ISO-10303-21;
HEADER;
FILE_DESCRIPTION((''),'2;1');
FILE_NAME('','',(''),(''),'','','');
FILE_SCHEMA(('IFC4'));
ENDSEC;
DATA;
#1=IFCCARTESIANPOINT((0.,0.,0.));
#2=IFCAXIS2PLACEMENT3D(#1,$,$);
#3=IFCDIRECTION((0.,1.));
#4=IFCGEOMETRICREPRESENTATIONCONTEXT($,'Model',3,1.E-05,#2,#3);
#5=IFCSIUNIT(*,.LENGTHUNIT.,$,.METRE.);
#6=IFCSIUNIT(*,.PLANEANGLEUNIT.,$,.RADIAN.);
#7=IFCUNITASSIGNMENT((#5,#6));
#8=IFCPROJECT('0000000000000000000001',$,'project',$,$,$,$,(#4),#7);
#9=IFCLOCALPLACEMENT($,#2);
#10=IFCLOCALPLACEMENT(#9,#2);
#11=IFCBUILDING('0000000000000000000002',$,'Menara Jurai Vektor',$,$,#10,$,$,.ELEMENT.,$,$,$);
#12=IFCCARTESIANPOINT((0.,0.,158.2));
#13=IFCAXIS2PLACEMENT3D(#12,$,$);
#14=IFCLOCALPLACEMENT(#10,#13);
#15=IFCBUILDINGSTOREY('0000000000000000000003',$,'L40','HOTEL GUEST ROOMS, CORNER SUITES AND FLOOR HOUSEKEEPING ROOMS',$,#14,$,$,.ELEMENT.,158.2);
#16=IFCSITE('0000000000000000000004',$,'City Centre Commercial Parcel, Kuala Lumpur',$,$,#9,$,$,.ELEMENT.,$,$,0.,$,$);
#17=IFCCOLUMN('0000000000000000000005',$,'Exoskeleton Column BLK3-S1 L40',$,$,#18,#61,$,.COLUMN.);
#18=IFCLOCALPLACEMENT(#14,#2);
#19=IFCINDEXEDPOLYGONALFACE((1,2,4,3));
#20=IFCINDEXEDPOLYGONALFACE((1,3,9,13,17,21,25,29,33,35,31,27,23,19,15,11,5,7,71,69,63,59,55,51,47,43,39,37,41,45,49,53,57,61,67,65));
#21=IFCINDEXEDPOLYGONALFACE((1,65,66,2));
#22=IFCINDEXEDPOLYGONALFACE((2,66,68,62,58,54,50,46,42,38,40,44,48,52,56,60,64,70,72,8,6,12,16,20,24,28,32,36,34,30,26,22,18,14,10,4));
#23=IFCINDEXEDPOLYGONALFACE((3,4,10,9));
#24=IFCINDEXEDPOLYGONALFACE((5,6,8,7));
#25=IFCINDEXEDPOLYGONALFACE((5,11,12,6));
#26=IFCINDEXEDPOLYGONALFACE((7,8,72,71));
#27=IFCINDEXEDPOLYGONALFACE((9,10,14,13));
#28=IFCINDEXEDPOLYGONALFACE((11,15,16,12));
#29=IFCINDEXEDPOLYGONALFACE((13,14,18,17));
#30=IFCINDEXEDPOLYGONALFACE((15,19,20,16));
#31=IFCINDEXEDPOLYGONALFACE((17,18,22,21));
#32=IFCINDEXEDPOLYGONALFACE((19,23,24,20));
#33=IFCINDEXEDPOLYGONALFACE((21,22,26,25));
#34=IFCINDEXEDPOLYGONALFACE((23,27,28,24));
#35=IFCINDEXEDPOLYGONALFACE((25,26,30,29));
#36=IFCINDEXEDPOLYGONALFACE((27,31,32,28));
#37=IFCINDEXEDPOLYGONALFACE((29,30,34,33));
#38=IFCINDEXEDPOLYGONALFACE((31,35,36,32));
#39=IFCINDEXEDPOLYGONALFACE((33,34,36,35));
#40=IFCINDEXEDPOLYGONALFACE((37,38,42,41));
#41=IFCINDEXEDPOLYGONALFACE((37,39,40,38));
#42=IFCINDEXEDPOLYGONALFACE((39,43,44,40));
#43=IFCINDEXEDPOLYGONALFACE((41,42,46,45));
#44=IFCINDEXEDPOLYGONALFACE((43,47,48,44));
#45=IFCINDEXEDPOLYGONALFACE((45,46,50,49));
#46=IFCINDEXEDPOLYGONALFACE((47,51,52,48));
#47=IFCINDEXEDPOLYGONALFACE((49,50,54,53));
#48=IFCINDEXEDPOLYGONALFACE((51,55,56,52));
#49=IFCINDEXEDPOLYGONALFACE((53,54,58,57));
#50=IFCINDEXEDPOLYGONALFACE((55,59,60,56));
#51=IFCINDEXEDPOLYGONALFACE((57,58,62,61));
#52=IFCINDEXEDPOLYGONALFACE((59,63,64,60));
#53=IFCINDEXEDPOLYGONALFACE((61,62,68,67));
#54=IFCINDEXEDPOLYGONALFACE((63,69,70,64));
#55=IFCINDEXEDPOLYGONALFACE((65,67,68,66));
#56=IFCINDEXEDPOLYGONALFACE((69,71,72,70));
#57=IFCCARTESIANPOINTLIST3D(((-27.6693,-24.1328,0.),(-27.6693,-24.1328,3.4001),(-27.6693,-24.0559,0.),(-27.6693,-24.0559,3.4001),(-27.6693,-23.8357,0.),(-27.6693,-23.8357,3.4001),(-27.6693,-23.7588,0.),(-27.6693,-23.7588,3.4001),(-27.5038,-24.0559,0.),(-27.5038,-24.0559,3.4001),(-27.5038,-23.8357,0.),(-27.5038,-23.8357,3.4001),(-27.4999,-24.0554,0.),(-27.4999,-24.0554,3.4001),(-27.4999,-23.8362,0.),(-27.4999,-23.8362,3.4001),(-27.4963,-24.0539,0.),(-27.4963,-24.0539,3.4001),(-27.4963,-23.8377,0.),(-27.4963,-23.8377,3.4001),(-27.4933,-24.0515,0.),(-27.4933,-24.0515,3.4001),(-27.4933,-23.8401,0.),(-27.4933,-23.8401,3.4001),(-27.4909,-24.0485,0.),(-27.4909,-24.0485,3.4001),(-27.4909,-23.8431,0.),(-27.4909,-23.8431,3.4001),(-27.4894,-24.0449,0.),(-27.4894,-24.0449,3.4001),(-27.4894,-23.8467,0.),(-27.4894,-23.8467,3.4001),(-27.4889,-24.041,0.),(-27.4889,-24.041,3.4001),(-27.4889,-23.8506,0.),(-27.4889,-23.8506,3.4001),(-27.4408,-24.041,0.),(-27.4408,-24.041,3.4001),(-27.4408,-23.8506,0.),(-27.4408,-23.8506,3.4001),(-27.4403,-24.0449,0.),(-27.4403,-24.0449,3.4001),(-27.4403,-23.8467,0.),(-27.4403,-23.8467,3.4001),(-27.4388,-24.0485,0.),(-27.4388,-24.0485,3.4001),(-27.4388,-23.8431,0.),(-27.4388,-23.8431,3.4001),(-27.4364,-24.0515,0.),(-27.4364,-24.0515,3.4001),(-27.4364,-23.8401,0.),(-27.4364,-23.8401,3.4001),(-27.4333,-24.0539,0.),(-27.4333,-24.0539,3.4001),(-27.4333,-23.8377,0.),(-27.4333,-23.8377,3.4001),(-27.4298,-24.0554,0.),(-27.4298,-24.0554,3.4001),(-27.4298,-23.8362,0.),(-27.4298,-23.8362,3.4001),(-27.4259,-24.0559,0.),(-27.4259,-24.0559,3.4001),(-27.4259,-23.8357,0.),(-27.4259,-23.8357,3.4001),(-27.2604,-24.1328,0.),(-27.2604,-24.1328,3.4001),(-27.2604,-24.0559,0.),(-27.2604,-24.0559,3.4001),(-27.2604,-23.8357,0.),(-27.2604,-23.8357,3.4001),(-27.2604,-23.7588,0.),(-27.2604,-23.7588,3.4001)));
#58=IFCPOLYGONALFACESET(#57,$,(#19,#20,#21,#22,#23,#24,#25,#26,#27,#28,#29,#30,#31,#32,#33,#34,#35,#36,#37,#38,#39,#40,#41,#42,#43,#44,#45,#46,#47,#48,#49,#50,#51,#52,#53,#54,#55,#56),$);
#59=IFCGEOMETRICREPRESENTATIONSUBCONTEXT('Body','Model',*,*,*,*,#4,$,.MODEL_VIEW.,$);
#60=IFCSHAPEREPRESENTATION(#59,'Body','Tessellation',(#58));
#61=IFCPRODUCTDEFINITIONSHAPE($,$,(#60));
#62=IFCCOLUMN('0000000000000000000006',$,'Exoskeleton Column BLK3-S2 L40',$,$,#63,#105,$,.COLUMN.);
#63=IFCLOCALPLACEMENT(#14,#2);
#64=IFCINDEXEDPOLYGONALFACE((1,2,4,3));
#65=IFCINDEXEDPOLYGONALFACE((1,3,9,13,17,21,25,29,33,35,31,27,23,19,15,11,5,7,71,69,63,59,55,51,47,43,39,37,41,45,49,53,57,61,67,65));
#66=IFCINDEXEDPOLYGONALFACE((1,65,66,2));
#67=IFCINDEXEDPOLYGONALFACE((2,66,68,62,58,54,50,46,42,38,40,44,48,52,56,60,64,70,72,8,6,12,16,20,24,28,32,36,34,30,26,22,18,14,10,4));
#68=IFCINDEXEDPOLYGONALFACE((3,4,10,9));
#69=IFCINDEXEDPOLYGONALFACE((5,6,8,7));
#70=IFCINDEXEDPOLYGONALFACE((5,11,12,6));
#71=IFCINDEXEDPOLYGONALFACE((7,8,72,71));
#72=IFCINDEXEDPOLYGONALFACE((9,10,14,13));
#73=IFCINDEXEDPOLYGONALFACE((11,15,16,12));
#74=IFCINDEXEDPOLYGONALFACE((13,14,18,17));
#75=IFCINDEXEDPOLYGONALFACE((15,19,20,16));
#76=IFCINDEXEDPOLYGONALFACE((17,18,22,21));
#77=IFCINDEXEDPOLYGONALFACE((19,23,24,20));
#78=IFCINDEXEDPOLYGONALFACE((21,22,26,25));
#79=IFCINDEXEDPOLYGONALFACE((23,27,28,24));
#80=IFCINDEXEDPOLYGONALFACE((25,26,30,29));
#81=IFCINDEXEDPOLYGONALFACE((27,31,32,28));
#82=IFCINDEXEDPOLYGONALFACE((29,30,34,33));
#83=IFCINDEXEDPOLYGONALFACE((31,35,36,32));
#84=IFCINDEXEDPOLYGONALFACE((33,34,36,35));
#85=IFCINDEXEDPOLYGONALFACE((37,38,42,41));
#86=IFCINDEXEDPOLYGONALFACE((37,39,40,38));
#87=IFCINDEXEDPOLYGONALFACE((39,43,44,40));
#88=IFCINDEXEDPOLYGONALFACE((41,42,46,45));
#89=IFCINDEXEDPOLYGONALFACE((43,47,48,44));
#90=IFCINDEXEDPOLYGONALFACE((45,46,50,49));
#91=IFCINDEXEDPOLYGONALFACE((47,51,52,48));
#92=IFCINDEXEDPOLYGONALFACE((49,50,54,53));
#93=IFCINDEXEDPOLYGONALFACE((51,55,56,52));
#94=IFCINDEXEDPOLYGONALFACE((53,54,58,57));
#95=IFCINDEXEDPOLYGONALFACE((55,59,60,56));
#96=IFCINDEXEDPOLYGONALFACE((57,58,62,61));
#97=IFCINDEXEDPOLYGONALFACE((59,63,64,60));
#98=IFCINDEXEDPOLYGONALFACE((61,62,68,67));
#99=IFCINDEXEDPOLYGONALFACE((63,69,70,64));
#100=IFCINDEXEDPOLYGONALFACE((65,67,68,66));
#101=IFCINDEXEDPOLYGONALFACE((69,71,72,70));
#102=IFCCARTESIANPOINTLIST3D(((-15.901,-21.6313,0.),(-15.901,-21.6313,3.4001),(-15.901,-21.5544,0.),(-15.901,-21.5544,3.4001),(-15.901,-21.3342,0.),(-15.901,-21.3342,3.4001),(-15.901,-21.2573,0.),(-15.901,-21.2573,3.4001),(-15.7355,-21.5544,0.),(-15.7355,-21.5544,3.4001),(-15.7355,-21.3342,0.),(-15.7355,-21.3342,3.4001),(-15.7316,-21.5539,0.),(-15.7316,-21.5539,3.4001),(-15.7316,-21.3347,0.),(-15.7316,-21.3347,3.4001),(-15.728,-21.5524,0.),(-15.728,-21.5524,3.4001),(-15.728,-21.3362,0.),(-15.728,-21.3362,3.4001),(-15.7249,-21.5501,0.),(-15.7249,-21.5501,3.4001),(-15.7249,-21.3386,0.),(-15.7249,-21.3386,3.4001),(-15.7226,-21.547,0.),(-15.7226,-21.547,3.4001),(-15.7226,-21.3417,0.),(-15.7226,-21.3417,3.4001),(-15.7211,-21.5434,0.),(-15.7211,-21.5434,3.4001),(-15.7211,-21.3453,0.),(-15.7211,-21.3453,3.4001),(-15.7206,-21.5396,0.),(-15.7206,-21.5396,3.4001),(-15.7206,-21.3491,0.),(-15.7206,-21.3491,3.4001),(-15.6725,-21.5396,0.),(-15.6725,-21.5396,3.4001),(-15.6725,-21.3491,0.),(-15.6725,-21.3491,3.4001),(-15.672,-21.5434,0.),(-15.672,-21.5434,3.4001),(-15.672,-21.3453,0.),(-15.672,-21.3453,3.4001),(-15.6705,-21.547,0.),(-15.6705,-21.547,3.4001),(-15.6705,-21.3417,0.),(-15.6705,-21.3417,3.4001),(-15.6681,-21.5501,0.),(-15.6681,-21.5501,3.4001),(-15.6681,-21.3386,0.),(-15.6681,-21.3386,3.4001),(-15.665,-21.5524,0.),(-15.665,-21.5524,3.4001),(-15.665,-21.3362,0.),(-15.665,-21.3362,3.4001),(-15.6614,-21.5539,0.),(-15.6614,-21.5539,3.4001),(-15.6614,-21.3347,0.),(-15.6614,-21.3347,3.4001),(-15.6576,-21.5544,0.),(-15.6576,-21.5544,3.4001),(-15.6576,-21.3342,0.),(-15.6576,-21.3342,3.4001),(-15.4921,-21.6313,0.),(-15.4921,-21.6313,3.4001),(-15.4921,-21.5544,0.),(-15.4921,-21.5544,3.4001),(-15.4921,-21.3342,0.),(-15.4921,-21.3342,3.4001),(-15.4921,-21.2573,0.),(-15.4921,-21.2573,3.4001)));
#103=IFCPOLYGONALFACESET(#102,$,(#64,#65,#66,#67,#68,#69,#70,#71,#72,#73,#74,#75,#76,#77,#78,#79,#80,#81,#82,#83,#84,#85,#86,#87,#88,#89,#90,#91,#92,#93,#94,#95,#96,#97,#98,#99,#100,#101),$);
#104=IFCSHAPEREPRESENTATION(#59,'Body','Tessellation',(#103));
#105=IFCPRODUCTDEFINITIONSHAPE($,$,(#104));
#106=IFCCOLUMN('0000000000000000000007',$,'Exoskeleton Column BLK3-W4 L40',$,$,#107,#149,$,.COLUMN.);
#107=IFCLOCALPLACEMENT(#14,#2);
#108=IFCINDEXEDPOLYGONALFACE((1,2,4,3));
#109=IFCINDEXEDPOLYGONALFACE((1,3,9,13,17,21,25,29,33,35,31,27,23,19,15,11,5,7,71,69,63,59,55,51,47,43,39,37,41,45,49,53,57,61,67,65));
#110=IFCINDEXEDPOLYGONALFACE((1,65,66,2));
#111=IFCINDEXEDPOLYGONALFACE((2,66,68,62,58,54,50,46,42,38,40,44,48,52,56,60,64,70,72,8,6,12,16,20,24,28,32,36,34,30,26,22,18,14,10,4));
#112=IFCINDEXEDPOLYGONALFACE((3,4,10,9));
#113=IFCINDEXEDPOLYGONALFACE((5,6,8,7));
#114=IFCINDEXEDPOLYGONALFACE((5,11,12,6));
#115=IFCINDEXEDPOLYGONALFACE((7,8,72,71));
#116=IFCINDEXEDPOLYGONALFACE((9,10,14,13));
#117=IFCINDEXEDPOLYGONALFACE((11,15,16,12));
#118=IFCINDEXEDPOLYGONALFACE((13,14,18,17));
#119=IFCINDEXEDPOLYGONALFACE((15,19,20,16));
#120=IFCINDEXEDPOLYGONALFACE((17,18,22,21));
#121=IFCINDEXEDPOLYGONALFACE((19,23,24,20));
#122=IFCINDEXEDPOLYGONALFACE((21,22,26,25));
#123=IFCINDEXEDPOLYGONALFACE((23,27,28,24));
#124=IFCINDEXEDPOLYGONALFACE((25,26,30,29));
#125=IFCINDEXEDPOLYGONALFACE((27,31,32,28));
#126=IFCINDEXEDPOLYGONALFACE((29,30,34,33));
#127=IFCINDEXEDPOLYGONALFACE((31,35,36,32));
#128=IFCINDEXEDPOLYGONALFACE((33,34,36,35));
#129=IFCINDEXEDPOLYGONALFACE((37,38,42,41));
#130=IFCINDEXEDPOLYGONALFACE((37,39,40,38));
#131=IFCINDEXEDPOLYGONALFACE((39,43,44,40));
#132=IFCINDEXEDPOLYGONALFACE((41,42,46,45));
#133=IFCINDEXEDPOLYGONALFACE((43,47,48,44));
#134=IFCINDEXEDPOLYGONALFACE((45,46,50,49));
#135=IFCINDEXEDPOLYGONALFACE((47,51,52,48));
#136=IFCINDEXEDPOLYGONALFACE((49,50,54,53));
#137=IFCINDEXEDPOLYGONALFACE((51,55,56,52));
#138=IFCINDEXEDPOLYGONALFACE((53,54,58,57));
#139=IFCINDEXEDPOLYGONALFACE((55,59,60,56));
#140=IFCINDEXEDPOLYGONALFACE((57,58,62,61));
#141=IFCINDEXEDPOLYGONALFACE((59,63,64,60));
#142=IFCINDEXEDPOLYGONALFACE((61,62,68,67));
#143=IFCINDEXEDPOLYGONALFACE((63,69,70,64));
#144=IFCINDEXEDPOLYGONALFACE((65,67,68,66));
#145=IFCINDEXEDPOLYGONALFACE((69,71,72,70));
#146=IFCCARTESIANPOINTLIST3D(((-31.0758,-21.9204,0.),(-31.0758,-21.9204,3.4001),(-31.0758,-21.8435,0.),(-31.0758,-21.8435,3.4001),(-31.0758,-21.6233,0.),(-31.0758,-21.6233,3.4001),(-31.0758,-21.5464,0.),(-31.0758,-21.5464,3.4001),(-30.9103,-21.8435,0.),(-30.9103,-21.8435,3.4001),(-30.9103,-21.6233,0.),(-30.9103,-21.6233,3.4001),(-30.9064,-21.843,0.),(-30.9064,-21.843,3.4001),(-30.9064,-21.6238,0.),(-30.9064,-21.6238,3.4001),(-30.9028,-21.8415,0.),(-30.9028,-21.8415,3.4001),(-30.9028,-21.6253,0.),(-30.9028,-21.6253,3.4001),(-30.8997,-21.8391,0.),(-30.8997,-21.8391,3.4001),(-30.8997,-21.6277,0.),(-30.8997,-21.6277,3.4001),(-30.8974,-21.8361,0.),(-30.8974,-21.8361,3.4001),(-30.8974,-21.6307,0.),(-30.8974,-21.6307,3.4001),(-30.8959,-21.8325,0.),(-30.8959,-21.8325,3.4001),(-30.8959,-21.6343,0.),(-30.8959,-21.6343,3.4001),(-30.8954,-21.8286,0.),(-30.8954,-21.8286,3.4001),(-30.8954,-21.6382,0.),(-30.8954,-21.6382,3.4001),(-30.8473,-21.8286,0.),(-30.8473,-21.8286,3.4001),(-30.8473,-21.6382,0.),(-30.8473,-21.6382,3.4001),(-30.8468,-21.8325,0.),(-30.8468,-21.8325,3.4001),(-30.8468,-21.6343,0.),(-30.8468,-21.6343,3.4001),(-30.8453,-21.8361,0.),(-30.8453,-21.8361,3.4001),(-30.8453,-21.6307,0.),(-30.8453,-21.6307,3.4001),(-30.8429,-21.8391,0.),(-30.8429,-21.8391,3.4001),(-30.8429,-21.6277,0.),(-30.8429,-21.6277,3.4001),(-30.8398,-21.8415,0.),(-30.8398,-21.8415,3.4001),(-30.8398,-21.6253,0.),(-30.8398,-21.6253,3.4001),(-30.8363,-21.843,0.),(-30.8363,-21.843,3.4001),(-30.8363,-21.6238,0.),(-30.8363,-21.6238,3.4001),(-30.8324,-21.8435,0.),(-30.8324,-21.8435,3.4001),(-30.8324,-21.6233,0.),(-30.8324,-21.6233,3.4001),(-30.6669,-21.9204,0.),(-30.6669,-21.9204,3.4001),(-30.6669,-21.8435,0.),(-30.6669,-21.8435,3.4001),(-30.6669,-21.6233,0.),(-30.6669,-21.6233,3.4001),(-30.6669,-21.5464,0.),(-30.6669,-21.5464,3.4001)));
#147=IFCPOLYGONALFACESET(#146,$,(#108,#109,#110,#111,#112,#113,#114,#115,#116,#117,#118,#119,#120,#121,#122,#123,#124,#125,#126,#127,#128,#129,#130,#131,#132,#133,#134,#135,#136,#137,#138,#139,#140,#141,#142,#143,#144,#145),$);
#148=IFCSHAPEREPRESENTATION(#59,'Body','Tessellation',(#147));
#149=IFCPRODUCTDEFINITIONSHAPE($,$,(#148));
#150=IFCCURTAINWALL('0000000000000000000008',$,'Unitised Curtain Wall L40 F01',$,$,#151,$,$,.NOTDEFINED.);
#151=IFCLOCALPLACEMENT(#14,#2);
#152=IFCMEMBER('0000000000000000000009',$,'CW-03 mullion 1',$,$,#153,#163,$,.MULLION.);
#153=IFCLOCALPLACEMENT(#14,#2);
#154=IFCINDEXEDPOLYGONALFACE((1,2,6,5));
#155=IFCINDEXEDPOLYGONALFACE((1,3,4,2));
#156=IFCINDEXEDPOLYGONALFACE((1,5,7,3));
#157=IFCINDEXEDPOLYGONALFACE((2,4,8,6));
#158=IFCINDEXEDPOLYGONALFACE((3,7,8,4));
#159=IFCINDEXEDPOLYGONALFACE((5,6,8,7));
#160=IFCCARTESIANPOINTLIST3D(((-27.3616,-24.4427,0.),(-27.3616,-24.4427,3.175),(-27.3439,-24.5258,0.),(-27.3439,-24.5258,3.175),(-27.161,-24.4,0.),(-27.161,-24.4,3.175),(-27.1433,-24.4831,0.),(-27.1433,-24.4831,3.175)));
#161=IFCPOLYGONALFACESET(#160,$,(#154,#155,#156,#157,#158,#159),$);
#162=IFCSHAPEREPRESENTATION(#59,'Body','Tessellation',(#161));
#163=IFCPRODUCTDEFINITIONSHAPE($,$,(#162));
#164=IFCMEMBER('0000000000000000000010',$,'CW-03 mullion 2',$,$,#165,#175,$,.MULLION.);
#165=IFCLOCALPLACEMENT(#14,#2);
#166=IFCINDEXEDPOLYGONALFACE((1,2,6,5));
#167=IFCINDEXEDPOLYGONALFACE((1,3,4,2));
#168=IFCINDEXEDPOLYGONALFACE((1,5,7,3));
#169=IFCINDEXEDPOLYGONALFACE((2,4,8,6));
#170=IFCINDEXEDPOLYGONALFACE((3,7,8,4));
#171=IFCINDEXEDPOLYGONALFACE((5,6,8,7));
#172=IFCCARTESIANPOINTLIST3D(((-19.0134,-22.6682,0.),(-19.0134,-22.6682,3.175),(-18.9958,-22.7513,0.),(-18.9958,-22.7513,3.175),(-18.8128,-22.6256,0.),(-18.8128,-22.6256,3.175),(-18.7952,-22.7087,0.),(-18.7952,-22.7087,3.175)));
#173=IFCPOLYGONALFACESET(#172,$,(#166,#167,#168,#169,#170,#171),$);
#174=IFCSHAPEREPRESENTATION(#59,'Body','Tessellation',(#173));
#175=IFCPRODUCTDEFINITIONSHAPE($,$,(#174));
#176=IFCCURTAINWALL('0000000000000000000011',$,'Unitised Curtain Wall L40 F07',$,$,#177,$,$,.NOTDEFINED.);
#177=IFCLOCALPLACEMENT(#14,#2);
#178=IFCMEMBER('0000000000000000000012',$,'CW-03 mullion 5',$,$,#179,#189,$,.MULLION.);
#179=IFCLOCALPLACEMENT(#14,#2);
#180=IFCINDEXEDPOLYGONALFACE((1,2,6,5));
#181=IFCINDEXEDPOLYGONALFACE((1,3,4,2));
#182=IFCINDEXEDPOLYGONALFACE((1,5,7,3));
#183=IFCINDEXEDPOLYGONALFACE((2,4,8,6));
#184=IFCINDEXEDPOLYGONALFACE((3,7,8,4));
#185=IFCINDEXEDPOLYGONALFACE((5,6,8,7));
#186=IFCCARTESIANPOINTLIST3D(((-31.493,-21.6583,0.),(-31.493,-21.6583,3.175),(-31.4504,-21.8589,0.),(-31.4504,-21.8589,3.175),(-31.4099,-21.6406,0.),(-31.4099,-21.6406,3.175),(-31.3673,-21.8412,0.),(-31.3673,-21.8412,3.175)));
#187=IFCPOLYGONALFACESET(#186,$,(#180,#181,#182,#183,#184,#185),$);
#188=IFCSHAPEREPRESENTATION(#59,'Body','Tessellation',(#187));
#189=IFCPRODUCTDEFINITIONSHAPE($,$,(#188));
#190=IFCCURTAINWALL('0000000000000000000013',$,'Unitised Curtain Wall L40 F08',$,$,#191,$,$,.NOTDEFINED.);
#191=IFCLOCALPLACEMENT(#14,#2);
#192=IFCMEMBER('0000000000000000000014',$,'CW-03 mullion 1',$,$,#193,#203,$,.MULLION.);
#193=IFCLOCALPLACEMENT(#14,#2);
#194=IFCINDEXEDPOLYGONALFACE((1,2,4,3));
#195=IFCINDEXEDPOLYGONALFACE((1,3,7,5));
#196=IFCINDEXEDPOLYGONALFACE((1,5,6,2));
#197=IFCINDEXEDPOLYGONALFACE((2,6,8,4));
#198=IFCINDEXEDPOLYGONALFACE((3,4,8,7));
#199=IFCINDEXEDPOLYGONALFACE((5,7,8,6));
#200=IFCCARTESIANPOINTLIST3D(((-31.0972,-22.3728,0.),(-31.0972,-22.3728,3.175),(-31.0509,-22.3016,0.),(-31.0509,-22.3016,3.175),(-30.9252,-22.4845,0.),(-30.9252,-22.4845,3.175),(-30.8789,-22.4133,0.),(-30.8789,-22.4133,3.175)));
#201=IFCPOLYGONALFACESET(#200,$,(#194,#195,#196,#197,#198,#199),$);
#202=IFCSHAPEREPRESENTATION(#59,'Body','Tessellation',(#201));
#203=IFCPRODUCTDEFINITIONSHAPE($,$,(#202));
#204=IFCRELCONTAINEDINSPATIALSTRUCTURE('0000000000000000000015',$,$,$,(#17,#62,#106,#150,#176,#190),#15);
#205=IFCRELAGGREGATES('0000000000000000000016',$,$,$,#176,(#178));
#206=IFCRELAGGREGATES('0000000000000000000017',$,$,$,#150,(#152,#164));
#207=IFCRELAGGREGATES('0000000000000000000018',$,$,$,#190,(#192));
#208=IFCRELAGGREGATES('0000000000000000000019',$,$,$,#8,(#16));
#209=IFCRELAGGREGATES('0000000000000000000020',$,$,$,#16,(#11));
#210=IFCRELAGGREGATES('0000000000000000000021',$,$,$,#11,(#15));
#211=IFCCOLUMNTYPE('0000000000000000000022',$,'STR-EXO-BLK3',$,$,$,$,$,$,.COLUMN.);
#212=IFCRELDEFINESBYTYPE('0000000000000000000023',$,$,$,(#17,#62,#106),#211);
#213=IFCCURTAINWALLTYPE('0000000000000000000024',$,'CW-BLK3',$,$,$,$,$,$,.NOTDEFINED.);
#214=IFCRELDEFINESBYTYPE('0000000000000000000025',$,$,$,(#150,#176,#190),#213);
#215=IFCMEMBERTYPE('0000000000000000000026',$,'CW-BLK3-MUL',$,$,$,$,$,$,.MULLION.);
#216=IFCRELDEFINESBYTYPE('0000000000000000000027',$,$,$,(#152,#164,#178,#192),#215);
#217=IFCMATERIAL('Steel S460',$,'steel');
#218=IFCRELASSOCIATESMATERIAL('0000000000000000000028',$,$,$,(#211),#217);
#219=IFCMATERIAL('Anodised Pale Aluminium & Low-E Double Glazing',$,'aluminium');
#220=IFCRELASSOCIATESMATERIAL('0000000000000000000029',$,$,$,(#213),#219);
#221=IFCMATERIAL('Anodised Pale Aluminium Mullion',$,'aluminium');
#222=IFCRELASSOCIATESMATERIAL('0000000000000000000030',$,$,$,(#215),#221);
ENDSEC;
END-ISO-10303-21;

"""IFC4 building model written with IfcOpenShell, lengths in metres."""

from ifc_helpers import new_model, si_unit, direction, frame, origin, origin_2d, place, context, subcontext, project, spatial, rectangle, i_section, extrude, material, material_profile, profile_set, type_object, element, aggregate, save


model = new_model("IFC4")

# Units and contexts
model_context = context("Model", 3, precision=1e-05, world=origin(), true_north=direction((0.0, 1.0)))
body_context = subcontext(model_context, "Body", "Model", "MODEL_VIEW")
ifc_project = project(units=[si_unit("LENGTHUNIT", "METRE"), si_unit("PLANEANGLEUNIT", "RADIAN")], contexts=[model_context])

# Site, building, storey
site_placement = place(None, origin())
site = spatial("IfcSite", under=ifc_project, at=site_placement, Name="City Centre Commercial Parcel, Kuala Lumpur", CompositionType="ELEMENT", RefElevation=0.0)
building_placement = place(site_placement, origin())
building = spatial("IfcBuilding", under=site, at=building_placement, Name="Menara Jurai Vektor", CompositionType="ELEMENT")
storey_placement = place(building_placement, frame((0.0, 0.0, 158.2)))
storey = spatial("IfcBuildingStorey", under=building, at=storey_placement, Name="L40", Description="HOTEL GUEST ROOMS, CORNER SUITES AND FLOOR HOUSEKEEPING ROOMS", CompositionType="ELEMENT", Elevation=158.2)

# Columns
ifc_material_1 = material(Name="Steel S460", Category="steel")
ifc_material_profile_1 = material_profile(ifc_material_1, i_section(OverallWidth=0.4089, OverallDepth=0.374, WebThickness=0.0481, FlangeThickness=0.0769, FilletRadius=0.0149, at=origin_2d()), Name="HD 400x634")
ifc_profile_set_1 = profile_set([ifc_material_profile_1], Name="Steel S460")
column_type = type_object("IfcColumnType", Name="STR-EXO-BLK3", PredefinedType="COLUMN", material=ifc_profile_set_1)
for number, where, z_axis, x_axis, name in (
    (1, (-27.4648, -23.9458, 0.0), (0.0, 0.0, 1.0), (1.0, 0.0, 0.0), "Exoskeleton Column BLK3-S1 L40"),
    (2, (-15.6965, -21.4443, 0.0), (0.0, 0.0, 1.0), (1.0, 0.0, 0.0), "Exoskeleton Column BLK3-S2 L40"),
    (3, (-30.8713, -21.7334, 0.0), (0.0, 0.0, 1.0), (1.0, 0.0, 0.0), "Exoskeleton Column BLK3-W4 L40"),
):
    element("IfcColumn", number, at=place(storey_placement, frame(where, z_axis=z_axis, x_axis=x_axis)), inside=storey, type_object=column_type, Name=name, PredefinedType="COLUMN", context=body_context, shape_type="SweptSolid", body=[
        extrude(i_section(OverallWidth=0.4089, OverallDepth=0.374, WebThickness=0.0481, FlangeThickness=0.0769, FilletRadius=0.0149, at=origin_2d()), origin(), (0.0, 0.0, 1.0), 3.4001),
    ])

# Curtain wall, members
ifc_material_2 = material(Name="Anodised Pale Aluminium & Low-E Double Glazing", Category="aluminium")
curtain_wall_type = type_object("IfcCurtainWallType", Name="CW-BLK3", PredefinedType="NOTDEFINED", material=ifc_material_2)
curtain_wall_1_placement = place(storey_placement, origin())
curtain_wall_1 = element("IfcCurtainWall", 4, at=curtain_wall_1_placement, inside=storey, type_object=curtain_wall_type, Name="Unitised Curtain Wall L40 F01", PredefinedType="NOTDEFINED")
ifc_material_3 = material(Name="Anodised Pale Aluminium Mullion", Category="aluminium")
ifc_material_profile_2 = material_profile(ifc_material_3, rectangle(XDim=0.085, YDim=0.2051, at=origin_2d()), Name="ALU MUL 85x205")
ifc_profile_set_2 = profile_set([ifc_material_profile_2], Name="Anodised Pale Aluminium Mullion")
member_type_1 = type_object("IfcMemberType", Name="CW-BLK3-MUL", PredefinedType="MULLION", material=ifc_profile_set_2)
member_1_placement = place(storey_placement, frame((-27.2524, -24.4629, 0.0), z_axis=(0.0, 0.0, 1.0), x_axis=(-0.207911, 0.978148, 0.0)))
member_1 = element("IfcMember", 5, at=member_1_placement, type_object=member_type_1, Name="CW-03 mullion 1", PredefinedType="MULLION", context=body_context, shape_type="SweptSolid", body=[
    extrude(rectangle(XDim=0.085, YDim=0.2051, at=origin_2d()), origin(), (0.0, 0.0, 1.0), 3.175),
])
member_2_placement = place(storey_placement, frame((-18.9043, -22.6885, 0.0), z_axis=(0.0, 0.0, 1.0), x_axis=(-0.207911, 0.978148, 0.0)))
member_2 = element("IfcMember", 6, at=member_2_placement, type_object=member_type_1, Name="CW-03 mullion 2", PredefinedType="MULLION", context=body_context, shape_type="SweptSolid", body=[
    extrude(rectangle(XDim=0.085, YDim=0.2051, at=origin_2d()), origin(), (0.0, 0.0, 1.0), 3.175),
])

# Curtain wall, member
curtain_wall_2_placement = place(storey_placement, origin())
curtain_wall_2 = element("IfcCurtainWall", 7, at=curtain_wall_2_placement, inside=storey, type_object=curtain_wall_type, Name="Unitised Curtain Wall L40 F07", PredefinedType="NOTDEFINED")
member_3_placement = place(storey_placement, frame((-31.4302, -21.7498, 0.0), z_axis=(0.0, 0.0, 1.0), x_axis=(0.978148, 0.20791, 0.0)))
member_3 = element("IfcMember", 8, at=member_3_placement, type_object=member_type_1, Name="CW-03 mullion 5", PredefinedType="MULLION", context=body_context, shape_type="SweptSolid", body=[
    extrude(rectangle(XDim=0.085, YDim=0.2051, at=origin_2d()), origin(), (0.0, 0.0, 1.0), 3.175),
])
aggregate(curtain_wall_2, [member_3])

# Curtain wall, member
curtain_wall_3_placement = place(storey_placement, origin())
curtain_wall_3 = element("IfcCurtainWall", 9, at=curtain_wall_3_placement, inside=storey, type_object=curtain_wall_type, Name="Unitised Curtain Wall L40 F08", PredefinedType="NOTDEFINED")
member_4_placement = place(storey_placement, frame((-30.988, -22.3931, 0.0), z_axis=(0.0, 0.0, 1.0), x_axis=(0.544618, 0.838684, 0.0)))
member_4 = element("IfcMember", 10, at=member_4_placement, type_object=member_type_1, Name="CW-03 mullion 1", PredefinedType="MULLION", context=body_context, shape_type="SweptSolid", body=[
    extrude(rectangle(XDim=0.085, YDim=0.2051, at=origin_2d()), origin(), (0.0, 0.0, 1.0), 3.175),
])

aggregate(curtain_wall_1, [member_1, member_2])
aggregate(curtain_wall_3, [member_4])

save(model, "model.ifc")
